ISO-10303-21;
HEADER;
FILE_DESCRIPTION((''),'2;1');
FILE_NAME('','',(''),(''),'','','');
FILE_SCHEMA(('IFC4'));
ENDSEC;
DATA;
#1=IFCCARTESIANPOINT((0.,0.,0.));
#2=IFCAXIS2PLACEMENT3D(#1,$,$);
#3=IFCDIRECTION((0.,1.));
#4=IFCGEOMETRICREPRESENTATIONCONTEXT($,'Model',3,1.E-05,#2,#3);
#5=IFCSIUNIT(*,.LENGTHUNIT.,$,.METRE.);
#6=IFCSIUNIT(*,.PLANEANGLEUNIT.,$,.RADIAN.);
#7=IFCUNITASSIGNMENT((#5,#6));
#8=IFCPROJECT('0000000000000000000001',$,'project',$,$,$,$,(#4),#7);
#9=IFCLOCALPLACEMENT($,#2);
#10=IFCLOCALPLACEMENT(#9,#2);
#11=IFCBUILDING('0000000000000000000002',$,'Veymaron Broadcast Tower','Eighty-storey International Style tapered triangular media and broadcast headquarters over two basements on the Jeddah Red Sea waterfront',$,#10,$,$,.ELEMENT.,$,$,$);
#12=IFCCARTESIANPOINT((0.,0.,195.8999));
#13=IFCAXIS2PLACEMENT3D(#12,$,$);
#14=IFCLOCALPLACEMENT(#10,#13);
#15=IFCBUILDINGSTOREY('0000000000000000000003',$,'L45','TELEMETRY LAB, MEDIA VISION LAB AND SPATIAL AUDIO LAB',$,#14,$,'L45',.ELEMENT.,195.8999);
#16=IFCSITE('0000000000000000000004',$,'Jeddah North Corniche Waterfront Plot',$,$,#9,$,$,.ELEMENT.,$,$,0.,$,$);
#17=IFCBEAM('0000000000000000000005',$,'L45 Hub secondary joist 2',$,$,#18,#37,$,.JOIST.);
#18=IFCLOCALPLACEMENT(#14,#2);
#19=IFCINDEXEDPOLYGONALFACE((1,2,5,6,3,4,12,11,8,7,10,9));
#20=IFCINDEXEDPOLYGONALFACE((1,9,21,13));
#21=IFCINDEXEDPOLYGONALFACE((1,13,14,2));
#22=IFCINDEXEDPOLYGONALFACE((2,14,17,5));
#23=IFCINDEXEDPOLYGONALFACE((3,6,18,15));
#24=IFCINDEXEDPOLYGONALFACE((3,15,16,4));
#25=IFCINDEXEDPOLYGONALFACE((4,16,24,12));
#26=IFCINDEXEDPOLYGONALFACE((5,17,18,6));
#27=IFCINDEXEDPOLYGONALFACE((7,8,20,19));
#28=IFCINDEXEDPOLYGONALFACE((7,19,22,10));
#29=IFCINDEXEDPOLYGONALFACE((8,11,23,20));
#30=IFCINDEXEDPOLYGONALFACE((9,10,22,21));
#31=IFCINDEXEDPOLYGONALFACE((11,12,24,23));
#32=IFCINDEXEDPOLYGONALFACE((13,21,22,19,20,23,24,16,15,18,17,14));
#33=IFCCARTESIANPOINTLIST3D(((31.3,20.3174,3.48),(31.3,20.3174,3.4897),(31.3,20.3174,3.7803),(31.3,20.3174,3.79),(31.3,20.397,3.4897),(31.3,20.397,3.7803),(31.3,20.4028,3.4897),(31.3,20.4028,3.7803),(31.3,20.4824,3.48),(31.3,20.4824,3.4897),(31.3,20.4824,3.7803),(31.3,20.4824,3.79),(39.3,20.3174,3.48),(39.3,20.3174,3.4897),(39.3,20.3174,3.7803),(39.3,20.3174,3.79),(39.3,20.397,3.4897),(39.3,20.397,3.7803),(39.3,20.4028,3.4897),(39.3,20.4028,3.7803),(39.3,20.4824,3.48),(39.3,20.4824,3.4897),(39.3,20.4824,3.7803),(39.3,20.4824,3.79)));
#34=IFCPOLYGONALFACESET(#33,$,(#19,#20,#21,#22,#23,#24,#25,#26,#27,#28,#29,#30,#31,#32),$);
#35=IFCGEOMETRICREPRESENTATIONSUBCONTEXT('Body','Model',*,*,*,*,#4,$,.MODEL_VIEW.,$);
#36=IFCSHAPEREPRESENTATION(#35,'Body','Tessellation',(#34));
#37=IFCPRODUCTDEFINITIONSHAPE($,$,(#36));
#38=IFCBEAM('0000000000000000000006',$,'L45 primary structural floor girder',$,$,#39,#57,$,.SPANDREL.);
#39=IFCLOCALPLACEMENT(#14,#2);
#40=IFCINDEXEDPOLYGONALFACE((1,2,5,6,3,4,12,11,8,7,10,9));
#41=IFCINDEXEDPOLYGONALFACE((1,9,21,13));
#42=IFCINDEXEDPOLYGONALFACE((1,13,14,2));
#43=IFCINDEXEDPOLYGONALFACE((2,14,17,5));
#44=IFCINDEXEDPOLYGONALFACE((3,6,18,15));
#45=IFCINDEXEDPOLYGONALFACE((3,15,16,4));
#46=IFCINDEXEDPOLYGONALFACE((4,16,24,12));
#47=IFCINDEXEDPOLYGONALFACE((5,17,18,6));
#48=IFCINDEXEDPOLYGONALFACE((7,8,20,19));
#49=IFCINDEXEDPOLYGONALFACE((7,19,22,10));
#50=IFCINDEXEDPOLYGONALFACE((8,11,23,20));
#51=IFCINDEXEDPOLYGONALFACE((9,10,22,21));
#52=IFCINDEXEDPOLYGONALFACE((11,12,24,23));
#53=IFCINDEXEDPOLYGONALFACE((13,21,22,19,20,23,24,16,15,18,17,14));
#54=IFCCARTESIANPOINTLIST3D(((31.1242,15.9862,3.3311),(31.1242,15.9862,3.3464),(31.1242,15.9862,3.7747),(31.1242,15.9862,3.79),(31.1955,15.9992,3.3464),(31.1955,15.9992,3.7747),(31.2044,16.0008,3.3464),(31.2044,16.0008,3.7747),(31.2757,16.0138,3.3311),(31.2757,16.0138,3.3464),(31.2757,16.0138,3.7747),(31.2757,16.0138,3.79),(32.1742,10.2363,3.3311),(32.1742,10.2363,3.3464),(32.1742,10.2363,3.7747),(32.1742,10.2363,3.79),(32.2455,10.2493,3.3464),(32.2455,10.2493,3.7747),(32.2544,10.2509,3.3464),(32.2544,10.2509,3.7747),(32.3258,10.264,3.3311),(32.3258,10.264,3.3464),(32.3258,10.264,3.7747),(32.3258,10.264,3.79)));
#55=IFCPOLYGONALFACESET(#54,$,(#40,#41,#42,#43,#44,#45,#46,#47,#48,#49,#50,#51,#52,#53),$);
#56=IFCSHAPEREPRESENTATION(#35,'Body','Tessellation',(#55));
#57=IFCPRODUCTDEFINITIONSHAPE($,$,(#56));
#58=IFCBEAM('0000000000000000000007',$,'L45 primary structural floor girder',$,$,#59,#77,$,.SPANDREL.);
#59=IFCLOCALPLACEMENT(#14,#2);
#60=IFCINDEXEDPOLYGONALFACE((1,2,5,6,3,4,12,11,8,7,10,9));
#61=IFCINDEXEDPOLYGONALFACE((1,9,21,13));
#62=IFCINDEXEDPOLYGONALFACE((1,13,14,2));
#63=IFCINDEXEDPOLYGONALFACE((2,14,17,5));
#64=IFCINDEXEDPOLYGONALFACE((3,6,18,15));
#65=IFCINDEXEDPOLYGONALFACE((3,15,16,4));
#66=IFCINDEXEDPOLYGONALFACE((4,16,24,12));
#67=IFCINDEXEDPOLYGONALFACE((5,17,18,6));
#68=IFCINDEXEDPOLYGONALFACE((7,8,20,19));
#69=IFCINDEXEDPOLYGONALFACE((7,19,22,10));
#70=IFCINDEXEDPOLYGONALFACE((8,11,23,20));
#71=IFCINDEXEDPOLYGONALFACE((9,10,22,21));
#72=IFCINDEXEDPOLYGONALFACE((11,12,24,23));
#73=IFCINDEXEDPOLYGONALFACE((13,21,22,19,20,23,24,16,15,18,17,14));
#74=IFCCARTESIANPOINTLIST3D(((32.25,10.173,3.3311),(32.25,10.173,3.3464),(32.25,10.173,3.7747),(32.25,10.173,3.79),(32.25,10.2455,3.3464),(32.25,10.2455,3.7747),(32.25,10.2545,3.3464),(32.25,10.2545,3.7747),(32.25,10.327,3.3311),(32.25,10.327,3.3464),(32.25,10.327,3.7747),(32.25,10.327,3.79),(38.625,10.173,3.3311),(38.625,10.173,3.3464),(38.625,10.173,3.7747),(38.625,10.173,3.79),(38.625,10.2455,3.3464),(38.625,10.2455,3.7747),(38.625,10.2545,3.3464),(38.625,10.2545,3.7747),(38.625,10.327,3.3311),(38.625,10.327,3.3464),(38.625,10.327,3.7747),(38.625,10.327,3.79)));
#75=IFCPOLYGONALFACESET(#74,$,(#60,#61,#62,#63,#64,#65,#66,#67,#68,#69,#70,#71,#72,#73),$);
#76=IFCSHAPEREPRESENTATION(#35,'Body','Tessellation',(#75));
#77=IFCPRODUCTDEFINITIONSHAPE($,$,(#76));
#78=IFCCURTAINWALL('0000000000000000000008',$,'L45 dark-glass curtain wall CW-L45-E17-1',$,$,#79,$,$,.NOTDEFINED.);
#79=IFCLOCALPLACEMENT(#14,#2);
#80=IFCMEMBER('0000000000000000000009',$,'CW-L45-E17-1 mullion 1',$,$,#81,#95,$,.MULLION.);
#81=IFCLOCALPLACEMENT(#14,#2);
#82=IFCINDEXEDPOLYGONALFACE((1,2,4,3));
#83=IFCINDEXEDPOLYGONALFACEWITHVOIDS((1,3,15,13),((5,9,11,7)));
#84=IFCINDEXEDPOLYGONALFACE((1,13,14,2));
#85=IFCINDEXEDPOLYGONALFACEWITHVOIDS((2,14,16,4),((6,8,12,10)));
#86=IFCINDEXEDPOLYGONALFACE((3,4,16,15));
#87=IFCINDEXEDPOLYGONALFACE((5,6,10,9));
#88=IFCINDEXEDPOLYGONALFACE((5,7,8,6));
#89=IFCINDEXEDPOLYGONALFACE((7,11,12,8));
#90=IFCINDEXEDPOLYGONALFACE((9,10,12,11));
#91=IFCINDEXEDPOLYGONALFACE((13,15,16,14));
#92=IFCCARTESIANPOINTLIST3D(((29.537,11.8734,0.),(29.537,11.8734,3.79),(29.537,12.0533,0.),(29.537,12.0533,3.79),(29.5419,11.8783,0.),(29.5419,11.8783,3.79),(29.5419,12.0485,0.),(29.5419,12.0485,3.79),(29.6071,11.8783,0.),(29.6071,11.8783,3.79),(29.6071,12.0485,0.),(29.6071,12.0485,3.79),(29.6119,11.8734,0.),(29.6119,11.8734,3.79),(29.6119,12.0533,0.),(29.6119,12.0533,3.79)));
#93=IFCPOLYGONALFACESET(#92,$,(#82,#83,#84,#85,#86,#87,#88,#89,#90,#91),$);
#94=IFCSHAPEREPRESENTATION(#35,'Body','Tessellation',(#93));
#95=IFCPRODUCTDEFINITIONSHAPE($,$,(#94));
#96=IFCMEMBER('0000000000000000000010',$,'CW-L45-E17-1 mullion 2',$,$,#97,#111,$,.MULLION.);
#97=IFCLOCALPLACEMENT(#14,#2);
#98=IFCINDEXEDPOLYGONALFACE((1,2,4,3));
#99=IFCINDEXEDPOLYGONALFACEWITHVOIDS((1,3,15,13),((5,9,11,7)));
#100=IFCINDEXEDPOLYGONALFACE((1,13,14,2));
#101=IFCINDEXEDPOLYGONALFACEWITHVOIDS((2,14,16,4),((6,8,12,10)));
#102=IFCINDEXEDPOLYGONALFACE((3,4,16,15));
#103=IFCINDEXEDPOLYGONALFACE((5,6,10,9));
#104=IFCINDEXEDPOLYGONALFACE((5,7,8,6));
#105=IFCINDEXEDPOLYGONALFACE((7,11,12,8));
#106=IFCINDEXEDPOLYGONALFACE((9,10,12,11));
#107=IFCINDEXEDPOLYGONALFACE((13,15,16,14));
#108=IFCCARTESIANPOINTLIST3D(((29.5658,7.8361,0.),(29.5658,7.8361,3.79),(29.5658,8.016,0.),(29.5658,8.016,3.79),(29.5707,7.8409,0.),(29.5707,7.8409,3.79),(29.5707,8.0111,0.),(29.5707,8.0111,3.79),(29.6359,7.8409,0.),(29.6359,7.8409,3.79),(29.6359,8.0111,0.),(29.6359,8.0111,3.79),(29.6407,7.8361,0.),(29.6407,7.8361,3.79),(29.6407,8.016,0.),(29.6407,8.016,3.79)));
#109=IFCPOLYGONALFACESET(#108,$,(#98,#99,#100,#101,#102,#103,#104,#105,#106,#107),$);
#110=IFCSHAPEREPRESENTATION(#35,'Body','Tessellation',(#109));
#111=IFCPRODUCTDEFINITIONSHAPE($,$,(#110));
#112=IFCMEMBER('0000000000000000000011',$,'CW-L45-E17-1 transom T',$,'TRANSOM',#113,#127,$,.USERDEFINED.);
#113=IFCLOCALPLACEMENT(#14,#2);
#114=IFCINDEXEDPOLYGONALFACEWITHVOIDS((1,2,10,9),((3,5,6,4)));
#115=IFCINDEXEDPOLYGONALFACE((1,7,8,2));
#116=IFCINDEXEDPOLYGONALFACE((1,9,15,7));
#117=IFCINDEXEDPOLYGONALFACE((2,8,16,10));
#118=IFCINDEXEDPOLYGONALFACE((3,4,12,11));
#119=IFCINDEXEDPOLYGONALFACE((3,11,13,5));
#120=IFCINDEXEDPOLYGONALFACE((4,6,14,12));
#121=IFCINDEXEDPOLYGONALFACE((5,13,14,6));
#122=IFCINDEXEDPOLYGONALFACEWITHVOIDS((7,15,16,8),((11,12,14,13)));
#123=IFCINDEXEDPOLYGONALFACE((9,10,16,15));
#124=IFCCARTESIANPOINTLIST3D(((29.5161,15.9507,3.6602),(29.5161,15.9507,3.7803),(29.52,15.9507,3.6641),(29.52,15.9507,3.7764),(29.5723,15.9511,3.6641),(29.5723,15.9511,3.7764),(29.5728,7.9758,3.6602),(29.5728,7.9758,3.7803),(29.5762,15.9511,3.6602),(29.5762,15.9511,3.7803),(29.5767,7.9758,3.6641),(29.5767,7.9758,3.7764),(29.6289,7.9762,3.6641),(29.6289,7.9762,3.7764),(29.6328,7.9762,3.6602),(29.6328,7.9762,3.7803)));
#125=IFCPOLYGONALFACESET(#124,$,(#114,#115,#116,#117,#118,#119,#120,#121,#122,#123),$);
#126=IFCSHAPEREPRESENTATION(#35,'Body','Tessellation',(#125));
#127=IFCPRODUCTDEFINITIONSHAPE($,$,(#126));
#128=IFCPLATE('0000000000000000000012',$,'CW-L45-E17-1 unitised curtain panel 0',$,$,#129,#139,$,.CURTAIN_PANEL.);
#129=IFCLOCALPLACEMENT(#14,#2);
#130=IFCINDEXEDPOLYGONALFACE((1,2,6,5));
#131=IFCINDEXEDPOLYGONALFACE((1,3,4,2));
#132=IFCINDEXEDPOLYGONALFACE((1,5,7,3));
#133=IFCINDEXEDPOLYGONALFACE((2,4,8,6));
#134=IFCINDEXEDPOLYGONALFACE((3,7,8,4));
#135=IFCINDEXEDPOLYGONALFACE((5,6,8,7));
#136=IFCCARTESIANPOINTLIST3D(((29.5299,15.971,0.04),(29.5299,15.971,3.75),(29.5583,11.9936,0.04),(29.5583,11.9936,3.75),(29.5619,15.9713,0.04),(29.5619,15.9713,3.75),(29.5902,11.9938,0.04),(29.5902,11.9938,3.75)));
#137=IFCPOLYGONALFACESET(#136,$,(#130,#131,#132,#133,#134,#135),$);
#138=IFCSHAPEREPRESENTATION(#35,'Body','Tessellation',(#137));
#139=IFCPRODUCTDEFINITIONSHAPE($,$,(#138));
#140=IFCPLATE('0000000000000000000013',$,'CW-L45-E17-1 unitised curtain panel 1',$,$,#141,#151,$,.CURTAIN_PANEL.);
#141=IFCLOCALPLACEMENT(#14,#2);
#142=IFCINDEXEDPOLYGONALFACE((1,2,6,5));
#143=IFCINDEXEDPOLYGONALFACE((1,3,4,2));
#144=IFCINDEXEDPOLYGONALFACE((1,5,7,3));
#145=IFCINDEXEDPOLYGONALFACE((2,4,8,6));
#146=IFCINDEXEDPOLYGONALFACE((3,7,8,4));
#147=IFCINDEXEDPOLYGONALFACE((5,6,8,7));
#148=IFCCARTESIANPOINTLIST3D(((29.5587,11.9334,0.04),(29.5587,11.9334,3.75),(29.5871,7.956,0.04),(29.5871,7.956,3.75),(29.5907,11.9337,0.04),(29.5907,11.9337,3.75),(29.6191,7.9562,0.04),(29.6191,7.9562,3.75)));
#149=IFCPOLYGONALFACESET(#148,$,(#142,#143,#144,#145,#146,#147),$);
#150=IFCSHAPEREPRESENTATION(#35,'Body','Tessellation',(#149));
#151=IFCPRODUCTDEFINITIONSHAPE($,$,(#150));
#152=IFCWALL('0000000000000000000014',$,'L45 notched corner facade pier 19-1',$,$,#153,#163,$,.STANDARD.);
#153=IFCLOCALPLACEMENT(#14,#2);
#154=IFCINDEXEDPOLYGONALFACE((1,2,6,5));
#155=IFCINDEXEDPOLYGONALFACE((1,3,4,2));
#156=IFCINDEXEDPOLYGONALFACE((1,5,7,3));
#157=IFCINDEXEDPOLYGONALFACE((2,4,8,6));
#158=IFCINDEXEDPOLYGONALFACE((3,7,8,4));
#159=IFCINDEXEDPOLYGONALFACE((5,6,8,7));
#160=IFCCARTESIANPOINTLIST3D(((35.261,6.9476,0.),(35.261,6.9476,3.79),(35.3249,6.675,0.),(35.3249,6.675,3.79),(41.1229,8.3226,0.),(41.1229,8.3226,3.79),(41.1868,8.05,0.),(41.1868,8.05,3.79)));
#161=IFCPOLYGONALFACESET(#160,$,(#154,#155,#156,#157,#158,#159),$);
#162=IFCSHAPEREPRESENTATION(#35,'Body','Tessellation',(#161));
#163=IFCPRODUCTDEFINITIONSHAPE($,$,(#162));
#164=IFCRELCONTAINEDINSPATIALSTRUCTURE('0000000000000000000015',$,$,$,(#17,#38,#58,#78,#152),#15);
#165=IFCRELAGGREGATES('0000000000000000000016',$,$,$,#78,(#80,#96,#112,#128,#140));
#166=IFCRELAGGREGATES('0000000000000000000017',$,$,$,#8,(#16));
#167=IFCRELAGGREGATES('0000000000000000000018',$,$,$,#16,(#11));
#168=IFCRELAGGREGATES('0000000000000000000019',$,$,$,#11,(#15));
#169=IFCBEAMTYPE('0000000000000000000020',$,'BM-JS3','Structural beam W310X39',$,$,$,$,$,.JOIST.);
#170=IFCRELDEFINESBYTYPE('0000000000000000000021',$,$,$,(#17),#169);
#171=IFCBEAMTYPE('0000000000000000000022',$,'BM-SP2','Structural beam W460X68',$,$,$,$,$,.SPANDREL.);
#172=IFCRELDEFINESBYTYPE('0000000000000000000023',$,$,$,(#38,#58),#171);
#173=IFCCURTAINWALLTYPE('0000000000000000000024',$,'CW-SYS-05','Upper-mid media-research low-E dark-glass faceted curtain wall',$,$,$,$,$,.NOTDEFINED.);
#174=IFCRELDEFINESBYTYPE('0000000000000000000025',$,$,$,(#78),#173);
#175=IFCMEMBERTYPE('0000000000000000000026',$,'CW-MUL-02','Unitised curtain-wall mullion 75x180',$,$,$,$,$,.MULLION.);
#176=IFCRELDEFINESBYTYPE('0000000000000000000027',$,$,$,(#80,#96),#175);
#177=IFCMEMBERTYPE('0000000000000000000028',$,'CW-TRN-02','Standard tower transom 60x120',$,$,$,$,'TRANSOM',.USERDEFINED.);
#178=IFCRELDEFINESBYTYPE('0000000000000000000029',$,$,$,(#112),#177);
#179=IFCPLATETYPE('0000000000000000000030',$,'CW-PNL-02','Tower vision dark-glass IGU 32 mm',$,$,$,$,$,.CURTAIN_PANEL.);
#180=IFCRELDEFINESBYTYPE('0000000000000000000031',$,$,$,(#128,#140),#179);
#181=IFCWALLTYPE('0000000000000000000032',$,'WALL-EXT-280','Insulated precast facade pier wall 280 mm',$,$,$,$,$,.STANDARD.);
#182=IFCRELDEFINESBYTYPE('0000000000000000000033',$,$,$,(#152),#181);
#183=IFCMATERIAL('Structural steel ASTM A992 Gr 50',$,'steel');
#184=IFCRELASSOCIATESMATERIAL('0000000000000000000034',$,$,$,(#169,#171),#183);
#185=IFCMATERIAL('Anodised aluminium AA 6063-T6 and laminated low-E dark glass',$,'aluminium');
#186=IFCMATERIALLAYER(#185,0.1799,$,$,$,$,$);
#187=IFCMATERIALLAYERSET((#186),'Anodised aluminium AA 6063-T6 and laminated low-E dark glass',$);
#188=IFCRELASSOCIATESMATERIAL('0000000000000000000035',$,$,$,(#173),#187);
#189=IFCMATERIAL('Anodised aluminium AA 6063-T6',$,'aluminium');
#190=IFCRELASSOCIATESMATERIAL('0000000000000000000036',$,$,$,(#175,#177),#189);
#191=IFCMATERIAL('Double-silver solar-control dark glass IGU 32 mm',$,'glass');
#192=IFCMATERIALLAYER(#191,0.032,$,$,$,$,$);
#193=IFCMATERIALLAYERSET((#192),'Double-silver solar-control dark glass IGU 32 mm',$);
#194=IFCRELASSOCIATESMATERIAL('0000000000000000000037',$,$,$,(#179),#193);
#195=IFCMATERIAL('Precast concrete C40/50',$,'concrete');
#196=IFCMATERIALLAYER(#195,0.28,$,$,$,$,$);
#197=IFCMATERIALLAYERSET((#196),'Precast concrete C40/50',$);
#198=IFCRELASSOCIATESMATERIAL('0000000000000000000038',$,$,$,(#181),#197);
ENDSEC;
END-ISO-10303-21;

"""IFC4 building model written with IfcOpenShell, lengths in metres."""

from ifc_helpers import new_model, si_unit, direction, frame, frame_2d, origin, origin_2d, place, context, subcontext, project, spatial, rectangle, hollow_rectangle, i_section, extrude, material, layer, layer_set, material_profile, profile_set, type_object, element, aggregate, save


model = new_model("IFC4")

# Units and contexts
model_context = context("Model", 3, precision=1e-05, world=origin(), true_north=direction((0.0, 1.0)))
body_context = subcontext(model_context, "Body", "Model", "MODEL_VIEW")
ifc_project = project(units=[si_unit("LENGTHUNIT", "METRE"), si_unit("PLANEANGLEUNIT", "RADIAN")], contexts=[model_context])

# Site, building, storey
site_placement = place(None, origin())
site = spatial("IfcSite", under=ifc_project, at=site_placement, Name="Jeddah North Corniche Waterfront Plot", CompositionType="ELEMENT", RefElevation=0.0)
building_placement = place(site_placement, origin())
building = spatial("IfcBuilding", under=site, at=building_placement, Name="Veymaron Broadcast Tower", Description="Eighty-storey International Style tapered triangular media and broadcast headquarters over two basements on the Jeddah Red Sea waterfront", CompositionType="ELEMENT")
storey_placement = place(building_placement, frame((0.0, 0.0, 195.8999)))
storey = spatial("IfcBuildingStorey", under=building, at=storey_placement, Name="L45", Description="TELEMETRY LAB, MEDIA VISION LAB AND SPATIAL AUDIO LAB", LongName="L45", CompositionType="ELEMENT", Elevation=195.8999)

# Shared definitions
ifc_material_1 = material(Name="Structural steel ASTM A992 Gr 50", Category="steel")

# Beams
ifc_material_profile_1 = material_profile(ifc_material_1, i_section(OverallWidth=0.165, OverallDepth=0.3101, WebThickness=0.0059, FlangeThickness=0.0098, at=origin_2d()), Name="W310X39")
ifc_profile_set_1 = profile_set([ifc_material_profile_1], Name="Structural steel ASTM A992 Gr 50")
beam_type_1 = type_object("IfcBeamType", Name="BM-JS3", Description="Structural beam W310X39", PredefinedType="JOIST", material=ifc_profile_set_1)
for number, where, z_axis, x_axis, name in (
    (1, (31.3, 20.3999, 3.635), (1.0, 0.0, 0.0), (0.0, 1.0, 0.0), "L45 Hub secondary joist 2"),
):
    element("IfcBeam", number, at=place(storey_placement, frame(where, z_axis=z_axis, x_axis=x_axis)), inside=storey, type_object=beam_type_1, Name=name, PredefinedType="JOIST", context=body_context, shape_type="SweptSolid", body=[
        extrude(i_section(OverallWidth=0.165, OverallDepth=0.3101, WebThickness=0.0059, FlangeThickness=0.0098, at=origin_2d()), origin(), (0.0, 0.0, 1.0), 8.0),
    ])
ifc_material_profile_2 = material_profile(ifc_material_1, i_section(OverallWidth=0.1541, OverallDepth=0.459, WebThickness=0.009, FlangeThickness=0.0154, at=origin_2d()), Name="W460X68")
ifc_profile_set_2 = profile_set([ifc_material_profile_2], Name="Structural steel ASTM A992 Gr 50")
beam_type_2 = type_object("IfcBeamType", Name="BM-SP2", Description="Structural beam W460X68", PredefinedType="SPANDREL", material=ifc_profile_set_2)
beam_1_placement = place(storey_placement, frame((31.2, 16.0, 3.5605), z_axis=(0.179646, -0.983731, 0.0), x_axis=(0.983731, 0.179646, 0.0)))
element("IfcBeam", 2, at=beam_1_placement, inside=storey, type_object=beam_type_2, Name="L45 primary structural floor girder", PredefinedType="SPANDREL", context=body_context, shape_type="SweptSolid", body=[
    extrude(i_section(OverallWidth=0.1541, OverallDepth=0.459, WebThickness=0.009, FlangeThickness=0.0154, at=origin_2d()), origin(), (0.0, 0.0, 1.0), 5.845),
])
beam_2_placement = place(storey_placement, frame((32.25, 10.25, 3.5605), z_axis=(1.0, 0.0, 0.0), x_axis=(0.0, 1.0, 0.0)))
element("IfcBeam", 3, at=beam_2_placement, inside=storey, type_object=beam_type_2, Name="L45 primary structural floor girder", PredefinedType="SPANDREL", context=body_context, shape_type="SweptSolid", body=[
    extrude(i_section(OverallWidth=0.1541, OverallDepth=0.459, WebThickness=0.009, FlangeThickness=0.0154, at=origin_2d()), origin(), (0.0, 0.0, 1.0), 6.375),
])

# Curtain wall, members, plates
ifc_material_2 = material(Name="Anodised aluminium AA 6063-T6 and laminated low-E dark glass", Category="aluminium")
ifc_layer_1 = layer(ifc_material_2, 0.1799)
ifc_layer_set_1 = layer_set([ifc_layer_1], Name="Anodised aluminium AA 6063-T6 and laminated low-E dark glass")
curtain_wall_type = type_object("IfcCurtainWallType", Name="CW-SYS-05", Description="Upper-mid media-research low-E dark-glass faceted curtain wall", PredefinedType="NOTDEFINED", material=ifc_layer_set_1)
curtain_wall_placement = place(storey_placement, origin())
curtain_wall = element("IfcCurtainWall", 4, at=curtain_wall_placement, inside=storey, type_object=curtain_wall_type, Name="L45 dark-glass curtain wall CW-L45-E17-1", PredefinedType="NOTDEFINED")
ifc_material_3 = material(Name="Anodised aluminium AA 6063-T6", Category="aluminium")
ifc_material_profile_3 = material_profile(ifc_material_3, hollow_rectangle(XDim=0.075, YDim=0.1799, WallThickness=0.0049, at=origin_2d()), Name="AL180X75X5")
ifc_profile_set_3 = profile_set([ifc_material_profile_3], Name="Anodised aluminium AA 6063-T6")
member_type_1 = type_object("IfcMemberType", Name="CW-MUL-02", Description="Unitised curtain-wall mullion 75x180", PredefinedType="MULLION", material=ifc_profile_set_3)
member_1_placement = place(storey_placement, frame((29.5745, 11.9634, 0.0), z_axis=(0.0, 0.0, 1.0), x_axis=(1.0, 0.0, 0.0)))
member_1 = element("IfcMember", 5, at=member_1_placement, type_object=member_type_1, Name="CW-L45-E17-1 mullion 1", PredefinedType="MULLION", context=body_context, shape_type="SweptSolid", body=[
    extrude(hollow_rectangle(XDim=0.075, YDim=0.1799, WallThickness=0.0049, at=origin_2d()), origin(), (0.0, 0.0, 1.0), 3.79),
])
member_2_placement = place(storey_placement, frame((29.6033, 7.926, 0.0), z_axis=(0.0, 0.0, 1.0), x_axis=(1.0, 0.0, 0.0)))
member_2 = element("IfcMember", 6, at=member_2_placement, type_object=member_type_1, Name="CW-L45-E17-1 mullion 2", PredefinedType="MULLION", context=body_context, shape_type="SweptSolid", body=[
    extrude(hollow_rectangle(XDim=0.075, YDim=0.1799, WallThickness=0.0049, at=origin_2d()), origin(), (0.0, 0.0, 1.0), 3.79),
])
ifc_material_profile_4 = material_profile(ifc_material_3, hollow_rectangle(XDim=0.0601, YDim=0.1201, WallThickness=0.0039, at=origin_2d()), Name="AL120X60X4")
ifc_profile_set_4 = profile_set([ifc_material_profile_4], Name="Anodised aluminium AA 6063-T6")
member_type_2 = type_object("IfcMemberType", Name="CW-TRN-02", Description="Standard tower transom 60x120", ElementType="TRANSOM", PredefinedType="USERDEFINED", material=ifc_profile_set_4)
member_3_placement = place(storey_placement, frame((29.5461, 15.9509, 3.7202), z_axis=(0.007102, -0.999975, 0.0), x_axis=(0.999975, 0.007102, 0.0)))
member_3 = element("IfcMember", 7, at=member_3_placement, type_object=member_type_2, Name="CW-L45-E17-1 transom T", ObjectType="TRANSOM", PredefinedType="USERDEFINED", context=body_context, shape_type="SweptSolid", body=[
    extrude(hollow_rectangle(XDim=0.0601, YDim=0.1201, WallThickness=0.0039, at=origin_2d()), origin(), (0.0, 0.0, 1.0), 7.9751),
])
ifc_material_4 = material(Name="Double-silver solar-control dark glass IGU 32 mm", Category="glass")
ifc_layer_2 = layer(ifc_material_4, 0.032)
ifc_layer_set_2 = layer_set([ifc_layer_2], Name="Double-silver solar-control dark glass IGU 32 mm")
plate_type = type_object("IfcPlateType", Name="CW-PNL-02", Description="Tower vision dark-glass IGU 32 mm", PredefinedType="CURTAIN_PANEL", material=ifc_layer_set_2)
plate_1_placement = place(storey_placement, frame((29.5601, 13.9824, 0.04), z_axis=(0.0, 0.0, 1.0), x_axis=(0.007138, -0.999975, 0.0)))
plate_1 = element("IfcPlate", 8, at=plate_1_placement, type_object=plate_type, Name="CW-L45-E17-1 unitised curtain panel 0", PredefinedType="CURTAIN_PANEL", context=body_context, shape_type="SweptSolid", body=[
    extrude(rectangle(XDim=3.9775, YDim=0.032, at=origin_2d()), origin(), (0.0, 0.0, 1.0), 3.71),
])
plate_2_placement = place(storey_placement, frame((29.5889, 9.9448, 0.04), z_axis=(0.0, 0.0, 1.0), x_axis=(0.007138, -0.999975, 0.0)))
plate_2 = element("IfcPlate", 9, at=plate_2_placement, type_object=plate_type, Name="CW-L45-E17-1 unitised curtain panel 1", PredefinedType="CURTAIN_PANEL", context=body_context, shape_type="SweptSolid", body=[
    extrude(rectangle(XDim=3.9775, YDim=0.032, at=origin_2d()), origin(), (0.0, 0.0, 1.0), 3.71),
])
aggregate(curtain_wall, [member_1, member_2, member_3, plate_1, plate_2])

# Wall
ifc_material_5 = material(Name="Precast concrete C40/50", Category="concrete")
ifc_layer_3 = layer(ifc_material_5, 0.28)
ifc_layer_set_3 = layer_set([ifc_layer_3], Name="Precast concrete C40/50")
wall_type_1 = type_object("IfcWallType", Name="WALL-EXT-280", Description="Insulated precast facade pier wall 280 mm", PredefinedType="STANDARD", material=ifc_layer_set_3)
wall_1_placement = place(storey_placement, frame((35.293, 6.8113, 0.0), z_axis=(0.0, 0.0, 1.0), x_axis=(0.973574, 0.22837, 0.0)))
element("IfcWall", 10, at=wall_1_placement, inside=storey, type_object=wall_type_1, Name="L45 notched corner facade pier 19-1", PredefinedType="STANDARD", context=body_context, shape_type="SweptSolid", body=[
    extrude(rectangle(XDim=6.021, YDim=0.28, at=frame_2d((3.0105, 0.0))), origin(), (0.0, 0.0, 1.0), 3.79),
])

save(model, "model.ifc")
